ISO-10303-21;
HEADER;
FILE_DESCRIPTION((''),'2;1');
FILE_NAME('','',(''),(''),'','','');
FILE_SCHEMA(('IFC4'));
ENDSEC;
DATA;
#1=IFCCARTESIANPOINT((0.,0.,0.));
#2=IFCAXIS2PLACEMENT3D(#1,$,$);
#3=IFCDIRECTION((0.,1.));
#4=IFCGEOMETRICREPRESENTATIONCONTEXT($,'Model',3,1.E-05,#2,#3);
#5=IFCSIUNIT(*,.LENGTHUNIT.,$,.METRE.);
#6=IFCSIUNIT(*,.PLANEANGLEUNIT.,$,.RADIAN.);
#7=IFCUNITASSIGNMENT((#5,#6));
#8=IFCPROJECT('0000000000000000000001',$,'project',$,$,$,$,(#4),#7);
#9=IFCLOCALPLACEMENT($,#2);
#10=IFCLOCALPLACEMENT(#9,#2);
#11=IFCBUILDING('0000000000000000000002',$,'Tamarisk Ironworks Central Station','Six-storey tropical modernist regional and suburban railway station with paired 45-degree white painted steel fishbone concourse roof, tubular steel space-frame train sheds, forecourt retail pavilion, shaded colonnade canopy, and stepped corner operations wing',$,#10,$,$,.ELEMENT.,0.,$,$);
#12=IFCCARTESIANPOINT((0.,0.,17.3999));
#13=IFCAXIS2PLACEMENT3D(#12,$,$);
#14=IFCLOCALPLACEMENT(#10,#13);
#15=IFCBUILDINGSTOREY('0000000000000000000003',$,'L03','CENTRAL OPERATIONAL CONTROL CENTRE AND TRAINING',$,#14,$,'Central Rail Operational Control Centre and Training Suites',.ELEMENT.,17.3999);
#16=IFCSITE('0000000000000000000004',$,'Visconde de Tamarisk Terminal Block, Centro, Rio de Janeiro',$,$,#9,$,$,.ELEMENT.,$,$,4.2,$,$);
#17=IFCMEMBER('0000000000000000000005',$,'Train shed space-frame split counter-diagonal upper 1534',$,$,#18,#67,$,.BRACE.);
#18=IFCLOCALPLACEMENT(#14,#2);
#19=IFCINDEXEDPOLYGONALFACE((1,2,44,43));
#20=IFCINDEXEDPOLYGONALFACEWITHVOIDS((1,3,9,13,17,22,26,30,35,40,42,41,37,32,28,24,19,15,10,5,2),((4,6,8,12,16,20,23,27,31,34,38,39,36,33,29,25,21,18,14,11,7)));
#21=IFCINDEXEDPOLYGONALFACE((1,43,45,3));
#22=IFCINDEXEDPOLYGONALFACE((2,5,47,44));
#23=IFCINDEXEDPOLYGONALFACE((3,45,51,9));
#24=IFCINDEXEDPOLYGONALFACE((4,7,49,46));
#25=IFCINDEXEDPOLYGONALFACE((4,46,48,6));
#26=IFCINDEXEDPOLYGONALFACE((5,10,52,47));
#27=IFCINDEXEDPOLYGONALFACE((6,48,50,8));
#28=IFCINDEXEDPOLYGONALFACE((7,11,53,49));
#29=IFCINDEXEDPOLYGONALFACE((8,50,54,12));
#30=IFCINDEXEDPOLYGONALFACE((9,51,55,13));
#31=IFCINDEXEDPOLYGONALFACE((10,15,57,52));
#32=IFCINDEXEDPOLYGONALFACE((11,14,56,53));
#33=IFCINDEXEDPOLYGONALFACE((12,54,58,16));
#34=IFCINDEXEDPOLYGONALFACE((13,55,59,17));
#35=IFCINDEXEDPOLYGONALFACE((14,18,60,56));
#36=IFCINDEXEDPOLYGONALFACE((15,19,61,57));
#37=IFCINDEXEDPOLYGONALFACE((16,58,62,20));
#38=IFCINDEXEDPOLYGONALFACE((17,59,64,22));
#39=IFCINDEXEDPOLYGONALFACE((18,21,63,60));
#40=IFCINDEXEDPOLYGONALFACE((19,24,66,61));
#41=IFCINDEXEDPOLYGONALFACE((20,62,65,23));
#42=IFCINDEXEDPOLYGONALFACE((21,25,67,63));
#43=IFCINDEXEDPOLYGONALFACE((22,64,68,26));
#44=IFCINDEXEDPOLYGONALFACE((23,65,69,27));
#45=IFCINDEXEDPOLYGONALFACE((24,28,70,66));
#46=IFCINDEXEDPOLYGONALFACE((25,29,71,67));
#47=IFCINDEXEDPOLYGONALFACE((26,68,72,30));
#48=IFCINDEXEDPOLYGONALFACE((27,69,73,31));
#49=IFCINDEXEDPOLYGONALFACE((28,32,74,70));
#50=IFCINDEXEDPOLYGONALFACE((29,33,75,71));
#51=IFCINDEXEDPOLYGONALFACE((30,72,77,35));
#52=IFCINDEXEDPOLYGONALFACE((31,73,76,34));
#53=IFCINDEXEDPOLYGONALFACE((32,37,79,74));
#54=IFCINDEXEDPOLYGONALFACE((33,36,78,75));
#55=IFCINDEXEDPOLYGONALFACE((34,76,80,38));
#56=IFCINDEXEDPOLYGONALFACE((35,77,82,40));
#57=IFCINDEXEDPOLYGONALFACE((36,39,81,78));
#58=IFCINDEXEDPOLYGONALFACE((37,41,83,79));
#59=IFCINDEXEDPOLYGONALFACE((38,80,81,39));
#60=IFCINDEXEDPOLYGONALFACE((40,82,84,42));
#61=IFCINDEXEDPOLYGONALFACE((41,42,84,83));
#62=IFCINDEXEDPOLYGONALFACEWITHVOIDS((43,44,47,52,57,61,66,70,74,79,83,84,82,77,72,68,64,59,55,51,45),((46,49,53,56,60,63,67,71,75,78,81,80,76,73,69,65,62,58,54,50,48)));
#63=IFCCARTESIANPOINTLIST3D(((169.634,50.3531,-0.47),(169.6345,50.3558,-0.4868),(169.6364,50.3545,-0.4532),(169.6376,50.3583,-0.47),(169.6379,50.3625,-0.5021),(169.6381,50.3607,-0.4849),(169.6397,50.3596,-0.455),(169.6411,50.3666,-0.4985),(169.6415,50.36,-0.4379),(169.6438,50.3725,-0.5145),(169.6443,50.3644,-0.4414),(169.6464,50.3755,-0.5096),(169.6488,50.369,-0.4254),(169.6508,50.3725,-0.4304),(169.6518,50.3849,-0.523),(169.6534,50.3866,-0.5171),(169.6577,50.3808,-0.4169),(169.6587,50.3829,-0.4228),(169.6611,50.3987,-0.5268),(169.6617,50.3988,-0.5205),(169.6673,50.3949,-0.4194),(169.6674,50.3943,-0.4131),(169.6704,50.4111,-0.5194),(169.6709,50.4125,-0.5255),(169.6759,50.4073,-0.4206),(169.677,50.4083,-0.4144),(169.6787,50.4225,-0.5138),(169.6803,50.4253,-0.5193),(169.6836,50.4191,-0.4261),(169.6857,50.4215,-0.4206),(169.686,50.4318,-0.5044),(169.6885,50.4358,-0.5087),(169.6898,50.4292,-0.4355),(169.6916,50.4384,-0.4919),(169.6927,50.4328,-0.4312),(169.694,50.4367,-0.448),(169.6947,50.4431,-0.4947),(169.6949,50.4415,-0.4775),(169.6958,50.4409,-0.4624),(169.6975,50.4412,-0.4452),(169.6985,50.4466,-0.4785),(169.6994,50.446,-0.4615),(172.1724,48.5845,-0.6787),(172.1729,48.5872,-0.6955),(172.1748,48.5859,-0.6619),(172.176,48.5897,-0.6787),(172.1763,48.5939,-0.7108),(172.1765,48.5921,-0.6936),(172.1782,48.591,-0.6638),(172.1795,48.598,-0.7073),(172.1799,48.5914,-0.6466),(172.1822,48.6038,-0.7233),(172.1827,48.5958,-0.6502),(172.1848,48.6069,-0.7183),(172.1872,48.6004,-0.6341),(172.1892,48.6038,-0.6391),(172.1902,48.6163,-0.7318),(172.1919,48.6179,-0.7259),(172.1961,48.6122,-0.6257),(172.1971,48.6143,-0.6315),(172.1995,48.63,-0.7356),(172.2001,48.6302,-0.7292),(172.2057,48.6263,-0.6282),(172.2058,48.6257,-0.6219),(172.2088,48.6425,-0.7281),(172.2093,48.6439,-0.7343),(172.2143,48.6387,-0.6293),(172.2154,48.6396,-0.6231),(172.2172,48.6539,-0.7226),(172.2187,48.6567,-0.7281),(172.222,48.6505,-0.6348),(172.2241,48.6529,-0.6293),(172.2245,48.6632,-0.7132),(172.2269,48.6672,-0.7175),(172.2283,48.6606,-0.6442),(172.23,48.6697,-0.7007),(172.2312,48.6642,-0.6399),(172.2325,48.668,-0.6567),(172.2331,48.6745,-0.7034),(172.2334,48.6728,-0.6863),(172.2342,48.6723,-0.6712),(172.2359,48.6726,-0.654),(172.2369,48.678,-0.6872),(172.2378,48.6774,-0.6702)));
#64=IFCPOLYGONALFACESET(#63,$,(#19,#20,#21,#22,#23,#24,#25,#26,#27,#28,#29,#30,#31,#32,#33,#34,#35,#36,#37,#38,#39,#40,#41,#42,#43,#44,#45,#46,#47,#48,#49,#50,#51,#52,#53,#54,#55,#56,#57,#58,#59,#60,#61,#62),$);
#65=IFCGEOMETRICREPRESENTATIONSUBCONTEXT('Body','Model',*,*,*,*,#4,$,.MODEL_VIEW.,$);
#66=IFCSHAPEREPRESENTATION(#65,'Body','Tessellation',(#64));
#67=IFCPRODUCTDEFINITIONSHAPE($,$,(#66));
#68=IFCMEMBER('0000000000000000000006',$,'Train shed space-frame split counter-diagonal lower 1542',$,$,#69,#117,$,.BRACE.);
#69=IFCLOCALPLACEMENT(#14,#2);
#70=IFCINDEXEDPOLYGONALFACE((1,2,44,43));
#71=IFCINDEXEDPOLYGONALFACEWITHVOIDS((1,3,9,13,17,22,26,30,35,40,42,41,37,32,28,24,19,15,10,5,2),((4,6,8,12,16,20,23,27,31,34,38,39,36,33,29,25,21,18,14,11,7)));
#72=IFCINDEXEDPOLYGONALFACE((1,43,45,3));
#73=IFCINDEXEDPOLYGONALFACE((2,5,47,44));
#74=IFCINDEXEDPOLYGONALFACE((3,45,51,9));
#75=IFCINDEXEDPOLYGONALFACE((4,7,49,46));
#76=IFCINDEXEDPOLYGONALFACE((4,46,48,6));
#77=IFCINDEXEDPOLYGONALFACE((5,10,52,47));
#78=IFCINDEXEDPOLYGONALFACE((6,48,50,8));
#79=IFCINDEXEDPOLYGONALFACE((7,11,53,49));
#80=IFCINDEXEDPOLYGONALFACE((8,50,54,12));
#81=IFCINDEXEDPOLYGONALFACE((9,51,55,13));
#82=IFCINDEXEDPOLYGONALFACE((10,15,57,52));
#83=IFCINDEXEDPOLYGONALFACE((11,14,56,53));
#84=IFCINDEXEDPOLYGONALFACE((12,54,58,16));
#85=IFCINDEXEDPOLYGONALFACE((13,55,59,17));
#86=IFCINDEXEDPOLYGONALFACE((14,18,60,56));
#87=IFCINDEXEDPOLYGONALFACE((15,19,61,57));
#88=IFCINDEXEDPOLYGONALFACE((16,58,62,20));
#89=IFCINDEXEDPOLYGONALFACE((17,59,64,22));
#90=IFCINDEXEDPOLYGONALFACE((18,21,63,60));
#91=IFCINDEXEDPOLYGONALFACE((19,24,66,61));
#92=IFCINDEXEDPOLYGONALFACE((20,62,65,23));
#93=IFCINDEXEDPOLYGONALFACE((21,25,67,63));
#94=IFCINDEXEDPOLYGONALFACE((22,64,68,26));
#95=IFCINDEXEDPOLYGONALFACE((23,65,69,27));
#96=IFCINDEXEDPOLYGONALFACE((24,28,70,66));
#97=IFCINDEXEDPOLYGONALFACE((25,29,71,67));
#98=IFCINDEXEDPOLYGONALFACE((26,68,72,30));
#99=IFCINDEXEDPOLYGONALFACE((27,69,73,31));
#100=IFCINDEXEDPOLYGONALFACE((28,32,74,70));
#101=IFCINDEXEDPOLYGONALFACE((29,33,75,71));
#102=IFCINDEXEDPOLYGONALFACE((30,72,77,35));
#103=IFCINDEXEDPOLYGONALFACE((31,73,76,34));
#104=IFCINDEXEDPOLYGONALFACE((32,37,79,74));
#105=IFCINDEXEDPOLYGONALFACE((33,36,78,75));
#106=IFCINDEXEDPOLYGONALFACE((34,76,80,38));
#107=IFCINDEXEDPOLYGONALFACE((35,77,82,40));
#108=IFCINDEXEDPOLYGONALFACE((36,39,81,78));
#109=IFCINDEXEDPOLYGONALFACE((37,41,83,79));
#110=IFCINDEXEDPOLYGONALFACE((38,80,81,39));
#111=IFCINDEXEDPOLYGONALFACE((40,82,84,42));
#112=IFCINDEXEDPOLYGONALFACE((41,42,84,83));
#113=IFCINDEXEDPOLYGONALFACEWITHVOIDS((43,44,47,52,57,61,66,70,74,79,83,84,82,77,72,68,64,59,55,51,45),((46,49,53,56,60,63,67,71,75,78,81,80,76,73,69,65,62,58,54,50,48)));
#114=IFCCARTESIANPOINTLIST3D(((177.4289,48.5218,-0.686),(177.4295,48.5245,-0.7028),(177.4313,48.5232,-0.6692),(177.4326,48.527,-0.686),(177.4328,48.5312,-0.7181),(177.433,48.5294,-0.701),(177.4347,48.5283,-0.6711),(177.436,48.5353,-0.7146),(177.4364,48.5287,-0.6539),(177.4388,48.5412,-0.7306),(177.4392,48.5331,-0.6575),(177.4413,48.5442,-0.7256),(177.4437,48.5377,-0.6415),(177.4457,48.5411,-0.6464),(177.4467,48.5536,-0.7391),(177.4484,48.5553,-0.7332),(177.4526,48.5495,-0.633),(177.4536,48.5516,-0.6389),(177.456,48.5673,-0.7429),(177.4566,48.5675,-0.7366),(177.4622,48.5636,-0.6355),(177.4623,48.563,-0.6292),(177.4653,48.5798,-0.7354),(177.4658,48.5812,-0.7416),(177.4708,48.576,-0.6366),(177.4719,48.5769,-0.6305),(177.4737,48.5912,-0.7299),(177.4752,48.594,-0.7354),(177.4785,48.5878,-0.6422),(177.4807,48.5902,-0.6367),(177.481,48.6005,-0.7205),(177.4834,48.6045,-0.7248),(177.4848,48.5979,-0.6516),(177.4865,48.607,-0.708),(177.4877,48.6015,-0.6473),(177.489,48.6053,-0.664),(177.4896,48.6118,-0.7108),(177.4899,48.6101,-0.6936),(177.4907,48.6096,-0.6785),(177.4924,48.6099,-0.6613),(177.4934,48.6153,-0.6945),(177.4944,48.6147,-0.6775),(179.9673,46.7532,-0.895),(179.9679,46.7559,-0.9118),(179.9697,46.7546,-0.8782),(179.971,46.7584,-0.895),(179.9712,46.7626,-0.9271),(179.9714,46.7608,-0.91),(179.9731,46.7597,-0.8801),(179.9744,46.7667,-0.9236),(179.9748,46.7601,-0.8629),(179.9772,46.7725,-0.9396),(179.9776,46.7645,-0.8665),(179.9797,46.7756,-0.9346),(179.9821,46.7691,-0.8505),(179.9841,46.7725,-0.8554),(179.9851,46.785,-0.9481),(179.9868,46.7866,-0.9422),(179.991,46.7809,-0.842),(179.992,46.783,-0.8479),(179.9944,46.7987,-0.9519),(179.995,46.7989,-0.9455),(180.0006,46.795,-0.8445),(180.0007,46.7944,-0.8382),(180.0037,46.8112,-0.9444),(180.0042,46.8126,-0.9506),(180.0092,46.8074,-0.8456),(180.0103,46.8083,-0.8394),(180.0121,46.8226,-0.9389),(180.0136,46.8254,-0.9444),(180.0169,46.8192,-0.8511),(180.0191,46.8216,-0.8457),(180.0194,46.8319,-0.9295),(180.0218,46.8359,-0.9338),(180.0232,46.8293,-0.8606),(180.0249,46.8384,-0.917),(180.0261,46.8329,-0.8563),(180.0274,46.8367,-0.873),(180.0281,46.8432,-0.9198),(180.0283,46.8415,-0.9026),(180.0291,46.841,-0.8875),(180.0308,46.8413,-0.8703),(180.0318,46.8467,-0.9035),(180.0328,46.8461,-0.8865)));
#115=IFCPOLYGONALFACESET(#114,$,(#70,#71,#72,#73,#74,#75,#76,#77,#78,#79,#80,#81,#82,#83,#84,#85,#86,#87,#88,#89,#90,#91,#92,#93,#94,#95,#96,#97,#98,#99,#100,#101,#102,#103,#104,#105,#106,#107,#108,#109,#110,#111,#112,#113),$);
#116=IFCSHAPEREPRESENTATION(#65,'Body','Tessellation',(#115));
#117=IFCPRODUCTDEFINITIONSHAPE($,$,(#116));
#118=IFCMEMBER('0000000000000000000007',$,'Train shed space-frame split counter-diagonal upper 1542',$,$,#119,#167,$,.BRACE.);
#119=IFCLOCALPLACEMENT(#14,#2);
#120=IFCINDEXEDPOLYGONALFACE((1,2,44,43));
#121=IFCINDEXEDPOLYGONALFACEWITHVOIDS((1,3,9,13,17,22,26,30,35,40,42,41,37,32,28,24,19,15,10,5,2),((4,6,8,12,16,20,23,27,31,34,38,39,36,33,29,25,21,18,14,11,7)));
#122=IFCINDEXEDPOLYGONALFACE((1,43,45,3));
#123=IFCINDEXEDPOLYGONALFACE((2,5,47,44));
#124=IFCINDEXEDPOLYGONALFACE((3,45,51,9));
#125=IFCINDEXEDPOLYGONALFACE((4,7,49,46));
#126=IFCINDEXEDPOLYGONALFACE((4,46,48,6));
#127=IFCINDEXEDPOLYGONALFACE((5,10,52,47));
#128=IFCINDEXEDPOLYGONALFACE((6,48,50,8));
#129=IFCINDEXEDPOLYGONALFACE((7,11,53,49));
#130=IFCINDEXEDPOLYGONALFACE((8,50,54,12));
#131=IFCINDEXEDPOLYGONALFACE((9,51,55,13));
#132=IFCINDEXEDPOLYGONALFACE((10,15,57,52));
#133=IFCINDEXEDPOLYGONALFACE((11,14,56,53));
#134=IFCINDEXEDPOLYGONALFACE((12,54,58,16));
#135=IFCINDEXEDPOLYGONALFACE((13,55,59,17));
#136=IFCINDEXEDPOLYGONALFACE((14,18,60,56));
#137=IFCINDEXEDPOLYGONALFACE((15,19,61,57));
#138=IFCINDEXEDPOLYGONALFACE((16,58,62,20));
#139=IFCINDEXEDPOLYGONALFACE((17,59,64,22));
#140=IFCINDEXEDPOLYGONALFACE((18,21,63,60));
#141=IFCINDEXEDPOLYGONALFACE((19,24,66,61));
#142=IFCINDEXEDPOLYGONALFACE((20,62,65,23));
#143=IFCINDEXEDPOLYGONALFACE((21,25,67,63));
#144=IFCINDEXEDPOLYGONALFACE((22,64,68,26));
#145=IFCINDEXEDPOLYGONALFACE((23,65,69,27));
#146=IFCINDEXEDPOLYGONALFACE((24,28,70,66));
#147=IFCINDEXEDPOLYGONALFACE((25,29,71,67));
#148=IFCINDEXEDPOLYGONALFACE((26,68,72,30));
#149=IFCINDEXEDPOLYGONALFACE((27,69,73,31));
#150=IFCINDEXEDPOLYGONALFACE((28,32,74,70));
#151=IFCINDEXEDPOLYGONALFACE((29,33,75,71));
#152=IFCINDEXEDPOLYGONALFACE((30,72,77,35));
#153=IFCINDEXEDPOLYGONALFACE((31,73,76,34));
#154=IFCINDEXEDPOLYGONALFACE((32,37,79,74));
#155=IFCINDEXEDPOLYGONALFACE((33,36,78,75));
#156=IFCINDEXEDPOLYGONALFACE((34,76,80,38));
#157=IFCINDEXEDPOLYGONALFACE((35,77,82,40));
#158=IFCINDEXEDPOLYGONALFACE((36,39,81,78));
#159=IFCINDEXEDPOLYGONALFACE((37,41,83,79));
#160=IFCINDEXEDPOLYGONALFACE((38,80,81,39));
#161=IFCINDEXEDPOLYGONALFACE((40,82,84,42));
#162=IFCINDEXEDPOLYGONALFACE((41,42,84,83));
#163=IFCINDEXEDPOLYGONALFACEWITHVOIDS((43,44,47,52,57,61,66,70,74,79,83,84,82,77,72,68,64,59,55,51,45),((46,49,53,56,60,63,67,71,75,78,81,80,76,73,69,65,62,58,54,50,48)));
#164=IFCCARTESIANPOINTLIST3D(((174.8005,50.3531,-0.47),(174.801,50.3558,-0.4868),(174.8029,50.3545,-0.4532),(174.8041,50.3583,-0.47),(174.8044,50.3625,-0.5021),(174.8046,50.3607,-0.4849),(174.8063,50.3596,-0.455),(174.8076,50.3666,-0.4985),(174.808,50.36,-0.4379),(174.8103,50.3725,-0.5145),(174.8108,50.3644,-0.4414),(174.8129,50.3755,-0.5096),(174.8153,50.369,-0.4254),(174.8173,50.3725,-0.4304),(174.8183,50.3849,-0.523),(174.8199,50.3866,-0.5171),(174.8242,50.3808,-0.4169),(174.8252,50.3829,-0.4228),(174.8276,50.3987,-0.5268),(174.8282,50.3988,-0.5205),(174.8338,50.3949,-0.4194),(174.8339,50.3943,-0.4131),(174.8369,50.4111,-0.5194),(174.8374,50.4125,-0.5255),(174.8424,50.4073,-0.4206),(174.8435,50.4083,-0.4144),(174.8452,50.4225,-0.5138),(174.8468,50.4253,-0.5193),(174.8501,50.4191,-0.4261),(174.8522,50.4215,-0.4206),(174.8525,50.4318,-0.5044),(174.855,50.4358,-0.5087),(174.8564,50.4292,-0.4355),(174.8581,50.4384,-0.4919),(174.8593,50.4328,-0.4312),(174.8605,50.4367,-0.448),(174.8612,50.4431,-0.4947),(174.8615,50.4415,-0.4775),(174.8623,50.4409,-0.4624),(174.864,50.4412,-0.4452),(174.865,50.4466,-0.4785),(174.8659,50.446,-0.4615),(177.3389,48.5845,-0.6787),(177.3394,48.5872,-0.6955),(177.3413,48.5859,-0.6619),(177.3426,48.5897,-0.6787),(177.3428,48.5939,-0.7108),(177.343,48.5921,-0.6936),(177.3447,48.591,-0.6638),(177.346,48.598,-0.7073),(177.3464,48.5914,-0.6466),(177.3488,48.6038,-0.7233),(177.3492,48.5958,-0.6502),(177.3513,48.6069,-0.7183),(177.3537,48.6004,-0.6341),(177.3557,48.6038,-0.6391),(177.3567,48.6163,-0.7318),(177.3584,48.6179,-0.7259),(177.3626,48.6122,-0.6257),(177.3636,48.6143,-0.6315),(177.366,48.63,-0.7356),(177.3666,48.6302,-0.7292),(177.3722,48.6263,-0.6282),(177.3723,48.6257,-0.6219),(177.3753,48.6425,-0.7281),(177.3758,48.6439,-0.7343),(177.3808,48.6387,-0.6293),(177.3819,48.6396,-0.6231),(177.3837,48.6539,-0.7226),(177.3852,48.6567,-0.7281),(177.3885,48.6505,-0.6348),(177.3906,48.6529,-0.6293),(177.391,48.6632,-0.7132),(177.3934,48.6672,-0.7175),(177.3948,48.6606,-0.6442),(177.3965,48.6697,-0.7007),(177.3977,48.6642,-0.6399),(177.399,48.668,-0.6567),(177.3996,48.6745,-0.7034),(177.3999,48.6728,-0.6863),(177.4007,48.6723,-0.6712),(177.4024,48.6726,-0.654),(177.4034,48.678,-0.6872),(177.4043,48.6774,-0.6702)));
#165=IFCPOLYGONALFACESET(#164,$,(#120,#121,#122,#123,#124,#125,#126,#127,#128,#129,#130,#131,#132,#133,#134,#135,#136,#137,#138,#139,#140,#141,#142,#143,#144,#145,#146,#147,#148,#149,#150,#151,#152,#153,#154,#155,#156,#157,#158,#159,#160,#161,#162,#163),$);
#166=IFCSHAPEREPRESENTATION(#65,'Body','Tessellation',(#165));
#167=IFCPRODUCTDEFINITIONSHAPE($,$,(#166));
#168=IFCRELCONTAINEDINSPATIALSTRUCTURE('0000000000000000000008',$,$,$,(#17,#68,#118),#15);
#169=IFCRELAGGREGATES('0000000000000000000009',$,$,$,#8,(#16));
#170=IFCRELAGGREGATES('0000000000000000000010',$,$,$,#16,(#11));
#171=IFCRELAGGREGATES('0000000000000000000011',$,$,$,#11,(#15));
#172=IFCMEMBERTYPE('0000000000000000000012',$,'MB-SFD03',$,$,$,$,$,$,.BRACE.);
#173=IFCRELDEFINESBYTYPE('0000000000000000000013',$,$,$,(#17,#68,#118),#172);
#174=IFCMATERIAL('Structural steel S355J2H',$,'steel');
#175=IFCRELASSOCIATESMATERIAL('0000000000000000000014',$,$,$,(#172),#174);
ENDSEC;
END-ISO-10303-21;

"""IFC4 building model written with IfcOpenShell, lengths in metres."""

from ifc_helpers import new_model, si_unit, direction, frame, origin, origin_2d, place, context, subcontext, project, spatial, hollow_circle, extrude, material, material_profile, profile_set, type_object, element, save


model = new_model("IFC4")

# Units and contexts
model_context = context("Model", 3, precision=1e-05, world=origin(), true_north=direction((0.0, 1.0)))
body_context = subcontext(model_context, "Body", "Model", "MODEL_VIEW")
ifc_project = project(units=[si_unit("LENGTHUNIT", "METRE"), si_unit("PLANEANGLEUNIT", "RADIAN")], contexts=[model_context])

# Site, building, storey
site_placement = place(None, origin())
site = spatial("IfcSite", under=ifc_project, at=site_placement, Name="Visconde de Tamarisk Terminal Block, Centro, Rio de Janeiro", CompositionType="ELEMENT", RefElevation=4.2)
building_placement = place(site_placement, origin())
building = spatial("IfcBuilding", under=site, at=building_placement, Name="Tamarisk Ironworks Central Station", Description="Six-storey tropical modernist regional and suburban railway station with paired 45-degree white painted steel fishbone concourse roof, tubular steel space-frame train sheds, forecourt retail pavilion, shaded colonnade canopy, and stepped corner operations wing", CompositionType="ELEMENT", ElevationOfRefHeight=0.0)
storey_placement = place(building_placement, frame((0.0, 0.0, 17.3999)))
storey = spatial("IfcBuildingStorey", under=building, at=storey_placement, Name="L03", Description="CENTRAL OPERATIONAL CONTROL CENTRE AND TRAINING", LongName="Central Rail Operational Control Centre and Training Suites", CompositionType="ELEMENT", Elevation=17.3999)

# Members
ifc_material_1 = material(Name="Structural steel S355J2H", Category="steel")
ifc_material_profile_1 = material_profile(ifc_material_1, hollow_circle(Radius=0.0571, WallThickness=0.0063, at=origin_2d()), Name="CHS 114.3x6.3")
ifc_profile_set_1 = profile_set([ifc_material_profile_1], Name="Structural steel S355J2H")
member_type_1 = type_object("IfcMemberType", Name="MB-SFD03", PredefinedType="BRACE", material=ifc_profile_set_1)
for number, where, z_axis, x_axis, name in (
    (1, (172.2051, 48.6313, -0.6787), (-0.818625, 0.570369, 0.06732), (-0.571666, -0.820487, 0.0), "Train shed space-frame split counter-diagonal upper 1534"),
    (2, (180.0, 46.8, -0.895), (-0.818621, 0.570366, 0.067398), (-0.571666, -0.820487, 0.0), "Train shed space-frame split counter-diagonal lower 1542"),
    (3, (177.3716, 48.6313, -0.6787), (-0.818625, 0.570369, 0.06732), (-0.571666, -0.820487, 0.0), "Train shed space-frame split counter-diagonal upper 1542"),
):
    element("IfcMember", number, at=place(storey_placement, frame(where, z_axis=z_axis, x_axis=x_axis)), inside=storey, type_object=member_type_1, Name=name, PredefinedType="BRACE", context=body_context, shape_type="SweptSolid", body=[
        extrude(hollow_circle(Radius=0.0571, WallThickness=0.0063, at=origin_2d()), origin(), (0.0, 0.0, 1.0), 3.1008),
    ])

save(model, "model.ifc")
